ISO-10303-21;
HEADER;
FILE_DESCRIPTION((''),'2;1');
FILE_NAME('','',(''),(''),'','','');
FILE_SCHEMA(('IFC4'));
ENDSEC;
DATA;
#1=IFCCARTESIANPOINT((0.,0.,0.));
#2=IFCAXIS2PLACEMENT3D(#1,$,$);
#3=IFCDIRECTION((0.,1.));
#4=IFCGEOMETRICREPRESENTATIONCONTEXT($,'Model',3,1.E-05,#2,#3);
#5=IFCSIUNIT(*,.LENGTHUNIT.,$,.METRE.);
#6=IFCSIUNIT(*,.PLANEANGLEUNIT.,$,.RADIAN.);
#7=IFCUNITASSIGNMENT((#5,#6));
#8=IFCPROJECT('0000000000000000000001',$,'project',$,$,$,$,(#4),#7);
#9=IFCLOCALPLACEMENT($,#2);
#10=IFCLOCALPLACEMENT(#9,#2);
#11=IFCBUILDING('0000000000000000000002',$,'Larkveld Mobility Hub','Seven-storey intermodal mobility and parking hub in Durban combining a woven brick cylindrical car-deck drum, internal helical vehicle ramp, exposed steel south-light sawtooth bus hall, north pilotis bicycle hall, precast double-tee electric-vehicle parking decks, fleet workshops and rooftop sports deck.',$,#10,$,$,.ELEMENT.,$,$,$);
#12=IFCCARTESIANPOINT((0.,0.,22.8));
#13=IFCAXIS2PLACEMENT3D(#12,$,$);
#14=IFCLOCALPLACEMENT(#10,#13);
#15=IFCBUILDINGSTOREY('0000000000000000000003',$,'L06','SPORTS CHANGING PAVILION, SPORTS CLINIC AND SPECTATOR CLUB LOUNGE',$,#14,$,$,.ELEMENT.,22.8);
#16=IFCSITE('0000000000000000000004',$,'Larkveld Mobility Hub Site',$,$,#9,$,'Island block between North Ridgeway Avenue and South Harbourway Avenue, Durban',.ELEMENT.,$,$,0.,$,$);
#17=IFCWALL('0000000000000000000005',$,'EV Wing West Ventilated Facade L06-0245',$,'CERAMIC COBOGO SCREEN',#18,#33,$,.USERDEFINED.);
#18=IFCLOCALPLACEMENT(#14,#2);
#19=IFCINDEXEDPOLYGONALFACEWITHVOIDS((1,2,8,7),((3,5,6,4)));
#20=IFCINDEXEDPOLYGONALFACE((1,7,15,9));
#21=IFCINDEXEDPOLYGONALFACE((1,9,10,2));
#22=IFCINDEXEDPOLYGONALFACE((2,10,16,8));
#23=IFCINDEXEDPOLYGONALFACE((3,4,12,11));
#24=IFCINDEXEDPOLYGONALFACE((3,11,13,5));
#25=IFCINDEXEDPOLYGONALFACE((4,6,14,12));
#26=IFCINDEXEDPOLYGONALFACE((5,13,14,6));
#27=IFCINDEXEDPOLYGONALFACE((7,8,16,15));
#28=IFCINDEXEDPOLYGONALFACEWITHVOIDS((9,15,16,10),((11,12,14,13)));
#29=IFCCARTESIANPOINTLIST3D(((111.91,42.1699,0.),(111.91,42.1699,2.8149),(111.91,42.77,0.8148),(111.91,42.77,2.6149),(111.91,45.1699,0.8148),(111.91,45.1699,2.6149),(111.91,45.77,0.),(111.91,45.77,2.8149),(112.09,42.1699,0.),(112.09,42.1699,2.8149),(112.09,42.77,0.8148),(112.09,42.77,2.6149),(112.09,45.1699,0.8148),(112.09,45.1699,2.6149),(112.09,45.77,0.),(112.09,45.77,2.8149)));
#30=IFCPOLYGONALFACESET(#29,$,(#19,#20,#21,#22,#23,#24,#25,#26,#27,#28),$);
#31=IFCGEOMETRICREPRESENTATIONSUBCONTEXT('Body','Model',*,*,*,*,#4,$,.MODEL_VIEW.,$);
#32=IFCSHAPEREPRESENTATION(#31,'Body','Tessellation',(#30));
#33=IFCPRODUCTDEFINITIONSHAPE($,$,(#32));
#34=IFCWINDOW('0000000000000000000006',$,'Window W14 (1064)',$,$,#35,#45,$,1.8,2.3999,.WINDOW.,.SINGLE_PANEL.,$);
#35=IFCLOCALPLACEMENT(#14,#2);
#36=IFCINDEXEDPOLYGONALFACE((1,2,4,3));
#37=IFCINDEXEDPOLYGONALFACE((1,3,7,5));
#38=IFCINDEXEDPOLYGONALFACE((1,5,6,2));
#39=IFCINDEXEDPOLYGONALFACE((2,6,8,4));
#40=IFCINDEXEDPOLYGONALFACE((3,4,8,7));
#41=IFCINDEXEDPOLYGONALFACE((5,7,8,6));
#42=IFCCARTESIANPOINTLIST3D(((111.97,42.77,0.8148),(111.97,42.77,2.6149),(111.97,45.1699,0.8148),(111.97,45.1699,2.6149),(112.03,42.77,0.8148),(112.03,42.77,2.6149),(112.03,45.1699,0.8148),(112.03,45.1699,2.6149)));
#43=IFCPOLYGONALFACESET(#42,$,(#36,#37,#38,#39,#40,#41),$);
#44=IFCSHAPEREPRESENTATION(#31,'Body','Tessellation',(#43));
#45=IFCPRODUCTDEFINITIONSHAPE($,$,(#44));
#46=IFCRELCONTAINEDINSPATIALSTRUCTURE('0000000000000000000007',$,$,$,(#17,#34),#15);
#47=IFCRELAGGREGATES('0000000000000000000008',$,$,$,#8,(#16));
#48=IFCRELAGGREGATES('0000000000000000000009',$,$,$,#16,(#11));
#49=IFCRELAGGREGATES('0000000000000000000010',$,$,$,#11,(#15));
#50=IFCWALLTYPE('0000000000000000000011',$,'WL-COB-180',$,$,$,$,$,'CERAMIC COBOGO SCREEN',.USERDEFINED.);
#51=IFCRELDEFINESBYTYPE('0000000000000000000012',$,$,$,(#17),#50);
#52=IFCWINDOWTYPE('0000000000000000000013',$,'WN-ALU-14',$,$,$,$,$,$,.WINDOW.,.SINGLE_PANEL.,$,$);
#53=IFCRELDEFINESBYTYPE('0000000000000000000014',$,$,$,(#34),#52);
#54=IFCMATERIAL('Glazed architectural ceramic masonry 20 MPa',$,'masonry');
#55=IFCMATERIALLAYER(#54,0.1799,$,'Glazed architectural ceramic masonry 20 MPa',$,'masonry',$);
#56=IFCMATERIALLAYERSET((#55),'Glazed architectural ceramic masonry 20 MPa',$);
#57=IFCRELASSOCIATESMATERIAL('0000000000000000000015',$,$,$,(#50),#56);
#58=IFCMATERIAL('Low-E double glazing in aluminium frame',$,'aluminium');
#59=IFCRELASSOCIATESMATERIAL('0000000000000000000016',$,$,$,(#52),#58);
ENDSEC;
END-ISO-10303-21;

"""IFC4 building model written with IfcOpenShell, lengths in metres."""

from ifc_helpers import new_model, si_unit, direction, frame, frame_2d, origin, place, context, subcontext, project, spatial, rectangle, extrude, material, layer, layer_set, type_object, element, fill, save


model = new_model("IFC4")

# Units and contexts
model_context = context("Model", 3, precision=1e-05, world=origin(), true_north=direction((0.0, 1.0)))
body_context = subcontext(model_context, "Body", "Model", "MODEL_VIEW")
ifc_project = project(units=[si_unit("LENGTHUNIT", "METRE"), si_unit("PLANEANGLEUNIT", "RADIAN")], contexts=[model_context])

# Site, building, storey
site_placement = place(None, origin())
site = spatial("IfcSite", under=ifc_project, at=site_placement, Name="Larkveld Mobility Hub Site", LongName="Island block between North Ridgeway Avenue and South Harbourway Avenue, Durban", CompositionType="ELEMENT", RefElevation=0.0)
building_placement = place(site_placement, origin())
building = spatial("IfcBuilding", under=site, at=building_placement, Name="Larkveld Mobility Hub", Description="Seven-storey intermodal mobility and parking hub in Durban combining a woven brick cylindrical car-deck drum, internal helical vehicle ramp, exposed steel south-light sawtooth bus hall, north pilotis bicycle hall, precast double-tee electric-vehicle parking decks, fleet workshops and rooftop sports deck.", CompositionType="ELEMENT")
storey_placement = place(building_placement, frame((0.0, 0.0, 22.8)))
storey = spatial("IfcBuildingStorey", under=building, at=storey_placement, Name="L06", Description="SPORTS CHANGING PAVILION, SPORTS CLINIC AND SPECTATOR CLUB LOUNGE", CompositionType="ELEMENT", Elevation=22.8)

# Wall, opening, window
ifc_material_1 = material(Name="Glazed architectural ceramic masonry 20 MPa", Category="masonry")
ifc_layer_1 = layer(ifc_material_1, 0.1799, Name="Glazed architectural ceramic masonry 20 MPa", Category="masonry")
ifc_layer_set_1 = layer_set([ifc_layer_1], Name="Glazed architectural ceramic masonry 20 MPa")
wall_type = type_object("IfcWallType", Name="WL-COB-180", ElementType="CERAMIC COBOGO SCREEN", PredefinedType="USERDEFINED", material=ifc_layer_set_1)
wall_placement = place(storey_placement, frame((112.0, 45.77, 0.0), z_axis=(0.0, 0.0, 1.0), x_axis=(0.0, -1.0, 0.0)))
wall = element("IfcWall", 1, at=wall_placement, inside=storey, type_object=wall_type, Name="EV Wing West Ventilated Facade L06-0245", ObjectType="CERAMIC COBOGO SCREEN", PredefinedType="USERDEFINED", context=body_context, shape_type="SweptSolid", body=[
    extrude(rectangle(XDim=3.6001, YDim=0.1799, at=frame_2d((1.8, 0.0))), origin(), (0.0, 0.0, 1.0), 2.8149),
])
opening_placement = place(wall_placement, frame((0.6001, 0.0, 0.8149)))
opening = element("IfcOpeningElement", 2, at=opening_placement, cuts=wall, PredefinedType="OPENING", context=body_context, shape_type="SweptSolid", body=[
    extrude(rectangle(XDim=2.3999, YDim=1.8, at=frame_2d((1.2, 0.8999))), frame((0.0, 0.1001, 0.0), z_axis=(0.0, -1.0, 0.0), x_axis=(1.0, 0.0, 0.0)), (0.0, 0.0, 1.0), 0.2),
])
ifc_material_2 = material(Name="Low-E double glazing in aluminium frame", Category="aluminium")
window_type = type_object("IfcWindowType", Name="WN-ALU-14", PartitioningType="SINGLE_PANEL", PredefinedType="WINDOW", material=ifc_material_2)
window_placement = place(opening_placement, origin())
window = element("IfcWindow", 3, at=window_placement, inside=storey, type_object=window_type, Name="Window W14 (1064)", OverallHeight=1.8, OverallWidth=2.3999, PartitioningType="SINGLE_PANEL", PredefinedType="WINDOW", context=body_context, shape_type="SweptSolid", body=[
    extrude(rectangle(XDim=2.3999, YDim=1.8, at=frame_2d((1.2, 0.8999))), frame((0.0, 0.03, 0.0), z_axis=(0.0, -1.0, 0.0), x_axis=(1.0, 0.0, 0.0)), (0.0, 0.0, 1.0), 0.0601),
])
fill(opening, window)

save(model, "model.ifc")
